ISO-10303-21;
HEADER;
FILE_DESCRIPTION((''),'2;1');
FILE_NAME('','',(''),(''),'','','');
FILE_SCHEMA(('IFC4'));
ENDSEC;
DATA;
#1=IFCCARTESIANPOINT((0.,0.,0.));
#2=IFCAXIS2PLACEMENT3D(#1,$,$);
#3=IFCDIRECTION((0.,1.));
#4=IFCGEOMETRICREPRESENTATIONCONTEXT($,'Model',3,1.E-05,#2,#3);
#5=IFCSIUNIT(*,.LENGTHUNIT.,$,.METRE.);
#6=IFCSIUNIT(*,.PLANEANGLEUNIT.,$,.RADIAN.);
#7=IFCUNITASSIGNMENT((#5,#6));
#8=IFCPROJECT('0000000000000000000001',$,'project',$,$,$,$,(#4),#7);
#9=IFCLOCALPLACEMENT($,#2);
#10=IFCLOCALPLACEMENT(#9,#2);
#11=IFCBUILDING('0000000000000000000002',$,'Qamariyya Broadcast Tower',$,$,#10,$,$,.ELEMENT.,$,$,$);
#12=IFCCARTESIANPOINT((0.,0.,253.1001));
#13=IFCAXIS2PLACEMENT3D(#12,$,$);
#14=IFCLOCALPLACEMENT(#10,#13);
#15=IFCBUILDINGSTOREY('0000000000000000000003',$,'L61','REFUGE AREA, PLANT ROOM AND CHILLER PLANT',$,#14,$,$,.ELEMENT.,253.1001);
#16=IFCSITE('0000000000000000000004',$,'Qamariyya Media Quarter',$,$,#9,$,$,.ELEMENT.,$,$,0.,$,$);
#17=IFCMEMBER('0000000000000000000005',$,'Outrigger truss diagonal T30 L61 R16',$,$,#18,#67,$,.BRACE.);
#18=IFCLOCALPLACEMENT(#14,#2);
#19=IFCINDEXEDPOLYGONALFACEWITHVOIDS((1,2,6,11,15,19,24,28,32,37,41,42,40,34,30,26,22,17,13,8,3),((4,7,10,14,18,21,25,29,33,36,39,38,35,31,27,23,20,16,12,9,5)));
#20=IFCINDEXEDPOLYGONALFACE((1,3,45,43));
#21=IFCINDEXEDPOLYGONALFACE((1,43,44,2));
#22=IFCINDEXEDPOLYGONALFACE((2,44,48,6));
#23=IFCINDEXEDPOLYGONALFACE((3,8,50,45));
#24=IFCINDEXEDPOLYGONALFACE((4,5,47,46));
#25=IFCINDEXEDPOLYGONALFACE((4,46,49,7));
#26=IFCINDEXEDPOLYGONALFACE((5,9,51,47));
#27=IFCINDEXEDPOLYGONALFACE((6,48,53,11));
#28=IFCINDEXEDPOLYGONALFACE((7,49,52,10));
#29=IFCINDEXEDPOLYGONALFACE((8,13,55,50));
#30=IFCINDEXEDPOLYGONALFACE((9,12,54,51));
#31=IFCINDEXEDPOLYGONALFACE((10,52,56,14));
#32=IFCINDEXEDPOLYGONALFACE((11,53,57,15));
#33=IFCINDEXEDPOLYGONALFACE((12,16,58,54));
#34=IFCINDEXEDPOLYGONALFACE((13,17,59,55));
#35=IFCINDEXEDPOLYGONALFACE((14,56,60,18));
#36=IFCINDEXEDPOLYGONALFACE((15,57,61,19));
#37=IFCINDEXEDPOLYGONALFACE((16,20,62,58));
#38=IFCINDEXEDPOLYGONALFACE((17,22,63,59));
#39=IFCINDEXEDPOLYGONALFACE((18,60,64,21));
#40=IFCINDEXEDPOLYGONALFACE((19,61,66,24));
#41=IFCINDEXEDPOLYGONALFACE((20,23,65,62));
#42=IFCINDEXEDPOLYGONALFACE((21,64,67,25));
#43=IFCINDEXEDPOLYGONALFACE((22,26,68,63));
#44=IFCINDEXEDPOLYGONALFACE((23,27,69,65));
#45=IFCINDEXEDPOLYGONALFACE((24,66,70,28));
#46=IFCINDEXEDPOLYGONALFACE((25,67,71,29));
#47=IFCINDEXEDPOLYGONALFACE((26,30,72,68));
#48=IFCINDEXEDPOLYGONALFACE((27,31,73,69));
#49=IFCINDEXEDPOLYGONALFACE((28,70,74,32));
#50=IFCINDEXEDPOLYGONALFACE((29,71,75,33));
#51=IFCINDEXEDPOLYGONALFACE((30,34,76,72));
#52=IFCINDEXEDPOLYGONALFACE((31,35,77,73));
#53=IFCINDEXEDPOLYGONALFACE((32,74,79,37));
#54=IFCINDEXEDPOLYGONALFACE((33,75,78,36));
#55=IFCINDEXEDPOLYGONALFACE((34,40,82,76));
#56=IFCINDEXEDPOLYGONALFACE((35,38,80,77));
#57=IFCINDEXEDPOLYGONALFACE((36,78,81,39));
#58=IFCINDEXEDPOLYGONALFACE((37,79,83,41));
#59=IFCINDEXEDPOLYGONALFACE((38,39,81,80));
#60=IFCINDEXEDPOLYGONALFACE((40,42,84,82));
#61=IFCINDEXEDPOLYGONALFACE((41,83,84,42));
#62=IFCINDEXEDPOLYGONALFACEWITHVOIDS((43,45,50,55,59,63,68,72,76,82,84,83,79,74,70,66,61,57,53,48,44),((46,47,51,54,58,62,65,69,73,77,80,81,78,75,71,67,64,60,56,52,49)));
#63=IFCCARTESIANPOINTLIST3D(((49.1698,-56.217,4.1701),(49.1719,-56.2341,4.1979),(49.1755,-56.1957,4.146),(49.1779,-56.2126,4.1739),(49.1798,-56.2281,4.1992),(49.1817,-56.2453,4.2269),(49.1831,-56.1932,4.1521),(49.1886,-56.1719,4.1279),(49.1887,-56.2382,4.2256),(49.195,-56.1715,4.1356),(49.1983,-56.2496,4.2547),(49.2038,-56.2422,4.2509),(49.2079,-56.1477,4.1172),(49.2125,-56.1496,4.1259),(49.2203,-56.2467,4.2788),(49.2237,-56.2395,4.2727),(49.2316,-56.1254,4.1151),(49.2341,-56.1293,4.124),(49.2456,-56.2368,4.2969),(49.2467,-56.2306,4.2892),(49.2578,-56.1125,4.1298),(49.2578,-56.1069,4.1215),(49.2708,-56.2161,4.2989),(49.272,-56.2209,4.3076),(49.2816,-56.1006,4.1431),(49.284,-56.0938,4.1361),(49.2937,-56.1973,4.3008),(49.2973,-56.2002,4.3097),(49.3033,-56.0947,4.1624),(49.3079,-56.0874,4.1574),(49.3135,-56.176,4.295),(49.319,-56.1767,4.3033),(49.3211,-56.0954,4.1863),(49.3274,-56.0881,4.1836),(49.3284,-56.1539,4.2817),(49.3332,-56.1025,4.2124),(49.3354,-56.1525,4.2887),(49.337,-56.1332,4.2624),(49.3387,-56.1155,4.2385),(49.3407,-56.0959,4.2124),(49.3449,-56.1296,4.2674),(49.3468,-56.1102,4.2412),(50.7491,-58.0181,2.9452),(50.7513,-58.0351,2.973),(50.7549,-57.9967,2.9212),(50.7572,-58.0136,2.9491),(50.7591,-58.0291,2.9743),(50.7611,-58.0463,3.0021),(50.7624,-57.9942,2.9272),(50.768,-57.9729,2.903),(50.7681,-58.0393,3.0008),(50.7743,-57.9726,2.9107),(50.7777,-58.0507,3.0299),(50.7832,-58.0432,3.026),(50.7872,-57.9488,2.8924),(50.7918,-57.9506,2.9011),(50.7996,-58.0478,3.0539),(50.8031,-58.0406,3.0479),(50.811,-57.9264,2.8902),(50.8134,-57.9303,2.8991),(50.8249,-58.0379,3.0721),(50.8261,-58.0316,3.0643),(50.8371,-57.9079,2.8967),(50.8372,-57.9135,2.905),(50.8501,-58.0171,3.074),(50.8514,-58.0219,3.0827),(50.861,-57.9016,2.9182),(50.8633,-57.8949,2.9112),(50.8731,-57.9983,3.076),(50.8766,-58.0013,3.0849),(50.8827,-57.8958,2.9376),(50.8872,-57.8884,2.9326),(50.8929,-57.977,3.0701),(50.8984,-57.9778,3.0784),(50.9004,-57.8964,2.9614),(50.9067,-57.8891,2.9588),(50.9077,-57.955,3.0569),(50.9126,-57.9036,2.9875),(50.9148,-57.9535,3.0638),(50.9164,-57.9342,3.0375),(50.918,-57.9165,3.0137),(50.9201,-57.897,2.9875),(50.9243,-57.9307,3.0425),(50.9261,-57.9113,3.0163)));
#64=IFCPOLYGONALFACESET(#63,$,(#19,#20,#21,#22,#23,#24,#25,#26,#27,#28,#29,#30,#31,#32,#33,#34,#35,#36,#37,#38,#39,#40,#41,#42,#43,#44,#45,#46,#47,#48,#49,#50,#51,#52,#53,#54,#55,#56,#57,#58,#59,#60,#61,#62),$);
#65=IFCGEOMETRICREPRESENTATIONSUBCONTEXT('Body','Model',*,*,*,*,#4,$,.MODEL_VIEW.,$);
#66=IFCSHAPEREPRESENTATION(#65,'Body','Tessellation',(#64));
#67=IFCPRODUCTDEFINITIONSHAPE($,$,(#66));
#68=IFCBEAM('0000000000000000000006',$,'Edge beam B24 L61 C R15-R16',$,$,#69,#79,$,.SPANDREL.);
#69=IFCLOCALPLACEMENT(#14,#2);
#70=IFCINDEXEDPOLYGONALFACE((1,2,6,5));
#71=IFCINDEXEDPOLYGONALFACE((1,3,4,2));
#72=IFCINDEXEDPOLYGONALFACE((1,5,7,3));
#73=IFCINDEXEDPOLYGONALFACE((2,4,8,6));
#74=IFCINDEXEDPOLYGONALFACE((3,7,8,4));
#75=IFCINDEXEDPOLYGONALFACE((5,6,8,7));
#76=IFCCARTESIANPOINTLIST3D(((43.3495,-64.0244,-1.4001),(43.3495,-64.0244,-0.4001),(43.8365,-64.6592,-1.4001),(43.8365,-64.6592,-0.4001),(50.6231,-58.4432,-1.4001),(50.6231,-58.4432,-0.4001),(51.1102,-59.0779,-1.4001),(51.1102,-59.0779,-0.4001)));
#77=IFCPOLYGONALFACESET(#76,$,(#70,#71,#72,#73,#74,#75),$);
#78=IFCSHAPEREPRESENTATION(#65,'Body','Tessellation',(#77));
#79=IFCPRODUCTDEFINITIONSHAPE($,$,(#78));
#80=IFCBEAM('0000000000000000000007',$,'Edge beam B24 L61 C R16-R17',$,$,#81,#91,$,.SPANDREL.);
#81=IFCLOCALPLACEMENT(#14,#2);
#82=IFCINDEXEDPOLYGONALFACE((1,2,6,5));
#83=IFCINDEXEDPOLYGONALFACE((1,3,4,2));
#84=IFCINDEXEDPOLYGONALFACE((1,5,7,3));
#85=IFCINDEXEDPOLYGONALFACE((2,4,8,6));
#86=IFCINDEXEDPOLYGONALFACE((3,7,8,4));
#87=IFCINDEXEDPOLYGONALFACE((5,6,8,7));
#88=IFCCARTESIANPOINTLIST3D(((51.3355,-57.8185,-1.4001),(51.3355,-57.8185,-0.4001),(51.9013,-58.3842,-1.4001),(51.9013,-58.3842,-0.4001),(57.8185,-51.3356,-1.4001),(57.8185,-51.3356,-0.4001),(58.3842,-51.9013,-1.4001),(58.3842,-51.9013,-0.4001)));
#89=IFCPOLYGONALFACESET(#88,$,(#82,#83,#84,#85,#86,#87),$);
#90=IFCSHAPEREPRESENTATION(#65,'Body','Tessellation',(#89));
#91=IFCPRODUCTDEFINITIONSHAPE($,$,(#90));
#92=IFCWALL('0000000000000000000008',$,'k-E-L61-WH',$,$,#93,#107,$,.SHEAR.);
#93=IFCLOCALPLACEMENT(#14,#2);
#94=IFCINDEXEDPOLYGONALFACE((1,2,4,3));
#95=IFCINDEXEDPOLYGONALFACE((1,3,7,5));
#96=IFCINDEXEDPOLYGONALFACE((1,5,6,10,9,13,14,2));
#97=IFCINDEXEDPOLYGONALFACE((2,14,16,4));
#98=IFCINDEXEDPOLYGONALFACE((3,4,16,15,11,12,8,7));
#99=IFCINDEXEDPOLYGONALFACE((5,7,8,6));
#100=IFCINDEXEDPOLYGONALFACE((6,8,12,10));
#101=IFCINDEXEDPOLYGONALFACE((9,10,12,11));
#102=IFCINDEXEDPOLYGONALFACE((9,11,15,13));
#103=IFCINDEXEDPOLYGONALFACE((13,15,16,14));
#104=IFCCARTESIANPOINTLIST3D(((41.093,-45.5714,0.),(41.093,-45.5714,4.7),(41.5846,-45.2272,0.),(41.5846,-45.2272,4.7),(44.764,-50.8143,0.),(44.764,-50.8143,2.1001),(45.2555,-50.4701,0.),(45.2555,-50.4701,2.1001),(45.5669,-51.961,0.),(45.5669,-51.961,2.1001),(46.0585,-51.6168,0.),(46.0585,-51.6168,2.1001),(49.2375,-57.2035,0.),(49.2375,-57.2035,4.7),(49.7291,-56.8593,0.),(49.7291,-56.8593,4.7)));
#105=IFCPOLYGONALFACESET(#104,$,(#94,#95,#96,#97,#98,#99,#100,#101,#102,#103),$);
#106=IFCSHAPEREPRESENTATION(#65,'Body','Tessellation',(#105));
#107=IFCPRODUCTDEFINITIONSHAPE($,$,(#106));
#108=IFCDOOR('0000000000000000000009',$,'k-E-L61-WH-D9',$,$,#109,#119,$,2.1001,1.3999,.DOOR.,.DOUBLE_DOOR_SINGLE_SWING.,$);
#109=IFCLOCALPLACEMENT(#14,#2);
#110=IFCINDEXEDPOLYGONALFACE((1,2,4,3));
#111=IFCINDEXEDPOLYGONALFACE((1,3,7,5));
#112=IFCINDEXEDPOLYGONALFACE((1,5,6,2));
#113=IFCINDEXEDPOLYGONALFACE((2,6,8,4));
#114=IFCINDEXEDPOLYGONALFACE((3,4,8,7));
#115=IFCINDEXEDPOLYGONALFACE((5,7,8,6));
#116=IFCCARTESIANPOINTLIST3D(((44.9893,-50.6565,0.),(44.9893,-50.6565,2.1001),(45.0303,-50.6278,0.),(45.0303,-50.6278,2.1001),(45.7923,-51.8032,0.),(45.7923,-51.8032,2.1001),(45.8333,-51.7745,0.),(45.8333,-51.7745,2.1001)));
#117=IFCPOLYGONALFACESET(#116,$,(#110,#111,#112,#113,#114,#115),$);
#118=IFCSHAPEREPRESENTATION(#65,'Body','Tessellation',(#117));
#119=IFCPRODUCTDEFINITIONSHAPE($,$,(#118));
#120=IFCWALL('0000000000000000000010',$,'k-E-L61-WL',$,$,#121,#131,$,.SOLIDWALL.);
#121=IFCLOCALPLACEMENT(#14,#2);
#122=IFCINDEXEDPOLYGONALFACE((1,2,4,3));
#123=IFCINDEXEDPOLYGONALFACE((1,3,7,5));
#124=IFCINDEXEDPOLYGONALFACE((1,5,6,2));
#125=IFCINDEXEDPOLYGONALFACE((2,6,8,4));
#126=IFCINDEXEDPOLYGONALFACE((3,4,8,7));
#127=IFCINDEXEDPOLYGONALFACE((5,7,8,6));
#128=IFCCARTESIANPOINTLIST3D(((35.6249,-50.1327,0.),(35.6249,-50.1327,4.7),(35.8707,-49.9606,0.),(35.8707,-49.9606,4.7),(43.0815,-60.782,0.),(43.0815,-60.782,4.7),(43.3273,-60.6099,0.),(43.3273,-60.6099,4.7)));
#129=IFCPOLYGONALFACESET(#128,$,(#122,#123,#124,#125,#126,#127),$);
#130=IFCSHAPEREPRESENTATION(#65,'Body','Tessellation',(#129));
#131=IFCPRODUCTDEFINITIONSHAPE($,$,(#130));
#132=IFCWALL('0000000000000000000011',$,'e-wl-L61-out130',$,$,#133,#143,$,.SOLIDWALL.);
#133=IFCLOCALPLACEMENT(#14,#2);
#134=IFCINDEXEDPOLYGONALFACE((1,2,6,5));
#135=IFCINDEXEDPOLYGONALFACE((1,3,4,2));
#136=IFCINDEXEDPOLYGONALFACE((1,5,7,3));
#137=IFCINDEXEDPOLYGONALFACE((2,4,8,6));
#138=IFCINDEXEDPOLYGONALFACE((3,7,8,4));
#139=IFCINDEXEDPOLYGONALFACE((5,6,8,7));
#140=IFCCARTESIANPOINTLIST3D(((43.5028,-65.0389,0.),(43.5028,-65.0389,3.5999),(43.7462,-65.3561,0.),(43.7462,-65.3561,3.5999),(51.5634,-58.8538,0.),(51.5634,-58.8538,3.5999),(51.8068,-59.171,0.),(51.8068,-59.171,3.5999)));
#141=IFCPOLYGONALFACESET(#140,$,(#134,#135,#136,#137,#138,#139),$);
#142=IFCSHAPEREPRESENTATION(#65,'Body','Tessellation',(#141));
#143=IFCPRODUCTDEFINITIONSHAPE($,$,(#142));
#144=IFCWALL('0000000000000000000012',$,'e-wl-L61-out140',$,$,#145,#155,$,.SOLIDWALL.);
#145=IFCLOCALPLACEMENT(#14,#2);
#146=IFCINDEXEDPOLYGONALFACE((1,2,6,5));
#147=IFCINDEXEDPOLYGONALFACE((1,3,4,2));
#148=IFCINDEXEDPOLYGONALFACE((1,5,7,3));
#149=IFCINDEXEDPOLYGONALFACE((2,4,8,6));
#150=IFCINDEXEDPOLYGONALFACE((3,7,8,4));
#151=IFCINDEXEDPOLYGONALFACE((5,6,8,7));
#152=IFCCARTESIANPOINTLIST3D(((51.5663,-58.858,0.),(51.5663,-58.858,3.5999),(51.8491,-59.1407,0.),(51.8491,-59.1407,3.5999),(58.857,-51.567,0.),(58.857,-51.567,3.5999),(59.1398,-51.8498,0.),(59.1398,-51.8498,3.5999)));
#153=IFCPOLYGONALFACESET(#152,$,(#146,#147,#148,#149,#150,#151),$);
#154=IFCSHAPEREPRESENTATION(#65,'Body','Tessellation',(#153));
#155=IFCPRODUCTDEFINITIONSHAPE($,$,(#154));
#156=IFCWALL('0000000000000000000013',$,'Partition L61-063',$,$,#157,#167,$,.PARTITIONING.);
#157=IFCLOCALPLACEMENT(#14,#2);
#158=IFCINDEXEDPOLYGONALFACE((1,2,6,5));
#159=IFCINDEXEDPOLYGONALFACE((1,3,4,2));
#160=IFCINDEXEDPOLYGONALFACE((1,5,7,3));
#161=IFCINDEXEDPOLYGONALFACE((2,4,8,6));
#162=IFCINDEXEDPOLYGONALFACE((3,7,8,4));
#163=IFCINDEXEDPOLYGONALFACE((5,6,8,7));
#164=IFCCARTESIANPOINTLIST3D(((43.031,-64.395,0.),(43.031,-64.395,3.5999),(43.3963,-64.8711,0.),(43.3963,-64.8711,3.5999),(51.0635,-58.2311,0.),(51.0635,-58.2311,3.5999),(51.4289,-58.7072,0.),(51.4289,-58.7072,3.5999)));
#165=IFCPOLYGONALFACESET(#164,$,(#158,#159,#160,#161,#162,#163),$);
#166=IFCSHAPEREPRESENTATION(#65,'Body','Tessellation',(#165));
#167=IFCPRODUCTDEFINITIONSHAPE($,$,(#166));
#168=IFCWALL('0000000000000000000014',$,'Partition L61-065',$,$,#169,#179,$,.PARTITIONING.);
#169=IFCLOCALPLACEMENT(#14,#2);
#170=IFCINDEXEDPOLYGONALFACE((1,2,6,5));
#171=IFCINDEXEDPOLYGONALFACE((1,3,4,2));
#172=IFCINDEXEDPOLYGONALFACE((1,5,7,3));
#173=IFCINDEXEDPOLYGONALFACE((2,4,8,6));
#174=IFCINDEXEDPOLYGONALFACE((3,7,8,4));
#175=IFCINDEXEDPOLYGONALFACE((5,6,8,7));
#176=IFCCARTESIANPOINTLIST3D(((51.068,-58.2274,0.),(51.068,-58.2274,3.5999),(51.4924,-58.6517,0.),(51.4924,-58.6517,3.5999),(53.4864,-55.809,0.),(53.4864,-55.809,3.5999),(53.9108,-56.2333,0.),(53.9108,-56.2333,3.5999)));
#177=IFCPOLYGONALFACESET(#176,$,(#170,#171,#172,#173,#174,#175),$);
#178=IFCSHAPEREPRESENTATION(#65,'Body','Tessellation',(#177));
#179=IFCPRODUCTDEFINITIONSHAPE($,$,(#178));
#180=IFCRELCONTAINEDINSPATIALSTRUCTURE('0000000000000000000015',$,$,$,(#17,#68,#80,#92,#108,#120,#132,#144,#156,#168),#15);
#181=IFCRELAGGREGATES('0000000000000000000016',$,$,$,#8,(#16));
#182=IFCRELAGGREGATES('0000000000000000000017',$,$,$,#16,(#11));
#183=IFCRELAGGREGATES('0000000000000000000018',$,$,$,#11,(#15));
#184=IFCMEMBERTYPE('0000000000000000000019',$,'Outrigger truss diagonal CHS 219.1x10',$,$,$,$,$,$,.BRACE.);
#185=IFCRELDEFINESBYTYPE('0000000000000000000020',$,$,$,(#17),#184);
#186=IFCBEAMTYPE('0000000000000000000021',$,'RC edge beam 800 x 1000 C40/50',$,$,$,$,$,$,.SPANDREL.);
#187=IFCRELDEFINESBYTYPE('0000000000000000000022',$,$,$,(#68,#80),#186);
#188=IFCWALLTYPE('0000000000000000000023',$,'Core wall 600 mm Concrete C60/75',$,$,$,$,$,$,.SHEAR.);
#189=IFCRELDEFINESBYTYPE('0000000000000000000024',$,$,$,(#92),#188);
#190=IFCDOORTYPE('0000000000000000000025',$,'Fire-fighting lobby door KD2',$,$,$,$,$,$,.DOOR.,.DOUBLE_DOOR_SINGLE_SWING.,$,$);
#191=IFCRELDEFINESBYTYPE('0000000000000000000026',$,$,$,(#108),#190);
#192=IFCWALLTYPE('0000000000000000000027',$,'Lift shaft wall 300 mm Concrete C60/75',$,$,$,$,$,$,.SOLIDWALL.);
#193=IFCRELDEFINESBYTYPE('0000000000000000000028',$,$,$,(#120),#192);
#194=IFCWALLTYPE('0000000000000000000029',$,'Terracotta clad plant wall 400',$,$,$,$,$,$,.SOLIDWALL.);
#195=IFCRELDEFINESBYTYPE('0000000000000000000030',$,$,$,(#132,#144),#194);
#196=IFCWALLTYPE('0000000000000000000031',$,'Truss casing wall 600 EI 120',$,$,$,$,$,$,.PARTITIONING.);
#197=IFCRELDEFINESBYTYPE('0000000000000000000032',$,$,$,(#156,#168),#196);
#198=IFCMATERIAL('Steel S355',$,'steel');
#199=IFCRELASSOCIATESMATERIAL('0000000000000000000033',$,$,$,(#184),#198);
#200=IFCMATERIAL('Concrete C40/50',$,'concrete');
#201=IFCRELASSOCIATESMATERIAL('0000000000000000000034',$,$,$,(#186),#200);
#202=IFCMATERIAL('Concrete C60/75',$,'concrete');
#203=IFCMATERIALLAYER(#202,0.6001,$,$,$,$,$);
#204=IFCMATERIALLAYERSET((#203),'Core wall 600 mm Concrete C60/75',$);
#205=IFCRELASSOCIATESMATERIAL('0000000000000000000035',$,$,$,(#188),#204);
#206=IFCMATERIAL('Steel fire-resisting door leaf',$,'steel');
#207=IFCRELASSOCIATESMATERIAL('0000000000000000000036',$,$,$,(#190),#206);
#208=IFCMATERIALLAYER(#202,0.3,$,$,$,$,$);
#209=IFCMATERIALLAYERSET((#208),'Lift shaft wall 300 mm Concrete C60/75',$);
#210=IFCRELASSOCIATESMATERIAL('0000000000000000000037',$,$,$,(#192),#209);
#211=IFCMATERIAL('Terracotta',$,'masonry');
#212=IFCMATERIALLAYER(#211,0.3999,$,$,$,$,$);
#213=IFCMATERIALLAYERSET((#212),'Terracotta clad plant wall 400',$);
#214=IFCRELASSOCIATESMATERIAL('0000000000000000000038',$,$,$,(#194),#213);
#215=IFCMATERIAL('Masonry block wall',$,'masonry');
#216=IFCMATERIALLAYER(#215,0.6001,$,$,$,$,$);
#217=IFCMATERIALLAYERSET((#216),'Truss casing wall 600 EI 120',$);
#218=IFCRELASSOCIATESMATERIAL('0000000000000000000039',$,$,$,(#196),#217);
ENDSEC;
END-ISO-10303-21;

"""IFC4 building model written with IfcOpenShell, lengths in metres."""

from ifc_helpers import new_model, si_unit, direction, frame, frame_2d, origin, origin_2d, place, context, subcontext, project, spatial, rectangle, hollow_circle, extrude, material, layer, layer_set, material_profile, profile_set, type_object, element, fill, save


model = new_model("IFC4")

# Units and contexts
model_context = context("Model", 3, precision=1e-05, world=origin(), true_north=direction((0.0, 1.0)))
body_context = subcontext(model_context, "Body", "Model", "MODEL_VIEW")
ifc_project = project(units=[si_unit("LENGTHUNIT", "METRE"), si_unit("PLANEANGLEUNIT", "RADIAN")], contexts=[model_context])

# Site, building, storey
site_placement = place(None, origin())
site = spatial("IfcSite", under=ifc_project, at=site_placement, Name="Qamariyya Media Quarter", CompositionType="ELEMENT", RefElevation=0.0)
building_placement = place(site_placement, origin())
building = spatial("IfcBuilding", under=site, at=building_placement, Name="Qamariyya Broadcast Tower", CompositionType="ELEMENT")
storey_placement = place(building_placement, frame((0.0, 0.0, 253.1001)))
storey = spatial("IfcBuildingStorey", under=building, at=storey_placement, Name="L61", Description="REFUGE AREA, PLANT ROOM AND CHILLER PLANT", CompositionType="ELEMENT", Elevation=253.1001)

# Shared definitions
ifc_material_1 = material(Name="Concrete C60/75", Category="concrete")

# Member
ifc_material_2 = material(Name="Steel S355", Category="steel")
ifc_material_profile_1 = material_profile(ifc_material_2, hollow_circle(Radius=0.1096, WallThickness=0.01, at=origin_2d()))
ifc_profile_set_1 = profile_set([ifc_material_profile_1], Name="Steel S355")
member_type_1 = type_object("IfcMemberType", Name="Outrigger truss diagonal CHS 219.1x10", PredefinedType="BRACE", material=ifc_profile_set_1)
member_1_placement = place(storey_placement, frame((49.2583, -56.1682, 4.2124), z_axis=(0.587028, -0.669425, -0.455267), x_axis=(0.751863, 0.65932, 0.0)))
element("IfcMember", 1, at=member_1_placement, inside=storey, type_object=member_type_1, Name="Outrigger truss diagonal T30 L61 R16", PredefinedType="BRACE", context=body_context, shape_type="SweptSolid", body=[
    extrude(hollow_circle(Radius=0.1096, WallThickness=0.01, at=origin_2d()), origin(), (0.0, 0.0, 1.0), 2.6904),
])

# Beams
ifc_material_3 = material(Name="Concrete C40/50", Category="concrete")
ifc_material_profile_2 = material_profile(ifc_material_3, rectangle(XDim=0.8, YDim=1.0, at=origin_2d()))
ifc_profile_set_2 = profile_set([ifc_material_profile_2], Name="Concrete C40/50")
beam_type = type_object("IfcBeamType", Name="RC edge beam 800 x 1000 C40/50", PredefinedType="SPANDREL", material=ifc_profile_set_2)
for number, where, z_axis, x_axis, name in (
    (2, (43.593, -64.3418, -0.9001), (0.793353, 0.608762, 0.0), (-0.608762, 0.793353, 0.0), "Edge beam B24 L61 C R15-R16"),
    (3, (51.6184, -58.1013, -0.9001), (0.707107, 0.707107, 0.0), (-0.707107, 0.707107, 0.0), "Edge beam B24 L61 C R16-R17"),
):
    element("IfcBeam", number, at=place(storey_placement, frame(where, z_axis=z_axis, x_axis=x_axis)), inside=storey, type_object=beam_type, Name=name, PredefinedType="SPANDREL", context=body_context, shape_type="SweptSolid", body=[
        extrude(rectangle(XDim=0.8, YDim=1.0, at=origin_2d()), origin(), (0.0, 0.0, 1.0), 9.1682),
    ])

# Wall, opening, door
ifc_layer_1 = layer(ifc_material_1, 0.6001)
ifc_layer_set_1 = layer_set([ifc_layer_1], Name="Core wall 600 mm Concrete C60/75")
wall_type_1 = type_object("IfcWallType", Name="Core wall 600 mm Concrete C60/75", PredefinedType="SHEAR", material=ifc_layer_set_1)
wall_1_placement = place(storey_placement, frame((49.4834, -57.0315, 0.0), z_axis=(0.0, 0.0, 1.0), x_axis=(-0.57356, 0.819163, 0.0)))
wall_1 = element("IfcWall", 4, at=wall_1_placement, inside=storey, type_object=wall_type_1, Name="k-E-L61-WH", PredefinedType="SHEAR", context=body_context, shape_type="SweptSolid", body=[
    extrude(rectangle(XDim=14.2, YDim=0.6001, at=frame_2d((7.1001, 0.0))), origin(), (0.0, 0.0, 1.0), 4.7),
])
opening_placement = place(wall_1_placement, frame((6.3999, 0.0, 0.0)))
opening = element("IfcOpeningElement", 5, at=opening_placement, cuts=wall_1, PredefinedType="OPENING", context=body_context, shape_type="SweptSolid", body=[
    extrude(rectangle(XDim=1.3999, YDim=2.1001, at=frame_2d((0.7, 1.05))), frame((0.0, 0.3101, 0.0), z_axis=(0.0, -1.0, 0.0), x_axis=(1.0, 0.0, 0.0)), (0.0, 0.0, 1.0), 0.6201),
])
ifc_material_4 = material(Name="Steel fire-resisting door leaf", Category="steel")
door_type = type_object("IfcDoorType", Name="Fire-fighting lobby door KD2", OperationType="DOUBLE_DOOR_SINGLE_SWING", PredefinedType="DOOR", material=ifc_material_4)
door_placement = place(opening_placement, origin())
door = element("IfcDoor", 6, at=door_placement, inside=storey, type_object=door_type, Name="k-E-L61-WH-D9", OperationType="DOUBLE_DOOR_SINGLE_SWING", OverallHeight=2.1001, OverallWidth=1.3999, PredefinedType="DOOR", context=body_context, shape_type="SweptSolid", body=[
    extrude(rectangle(XDim=1.3999, YDim=2.1001, at=frame_2d((0.7, 1.05))), frame((0.0, 0.0249, 0.0), z_axis=(0.0, -1.0, 0.0), x_axis=(1.0, 0.0, 0.0)), (0.0, 0.0, 1.0), 0.05),
])
fill(opening, door)

# Walls
ifc_layer_2 = layer(ifc_material_1, 0.3)
ifc_layer_set_2 = layer_set([ifc_layer_2], Name="Lift shaft wall 300 mm Concrete C60/75")
wall_type_2 = type_object("IfcWallType", Name="Lift shaft wall 300 mm Concrete C60/75", PredefinedType="SOLIDWALL", material=ifc_layer_set_2)
wall_2_placement = place(storey_placement, frame((43.2043, -60.6958, 0.0), z_axis=(0.0, 0.0, 1.0), x_axis=(-0.573572, 0.819155, 0.0)))
element("IfcWall", 7, at=wall_2_placement, inside=storey, type_object=wall_type_2, Name="k-E-L61-WL", PredefinedType="SOLIDWALL", context=body_context, shape_type="SweptSolid", body=[
    extrude(rectangle(XDim=13.0002, YDim=0.3, at=frame_2d((6.5, 0.0))), origin(), (0.0, 0.0, 1.0), 4.7),
])
ifc_material_5 = material(Name="Terracotta", Category="masonry")
ifc_layer_3 = layer(ifc_material_5, 0.3999)
ifc_layer_set_3 = layer_set([ifc_layer_3], Name="Terracotta clad plant wall 400")
wall_type_3 = type_object("IfcWallType", Name="Terracotta clad plant wall 400", PredefinedType="SOLIDWALL", material=ifc_layer_set_3)
wall_3_placement = place(storey_placement, frame((43.6245, -65.1975, 0.0), z_axis=(0.0, 0.0, 1.0), x_axis=(0.793354, 0.60876, 0.0)))
element("IfcWall", 8, at=wall_3_placement, inside=storey, type_object=wall_type_3, Name="e-wl-L61-out130", PredefinedType="SOLIDWALL", context=body_context, shape_type="SweptSolid", body=[
    extrude(rectangle(XDim=10.1602, YDim=0.3999, at=frame_2d((5.0801, 0.0))), origin(), (0.0, 0.0, 1.0), 3.5999),
])
wall_4_placement = place(storey_placement, frame((51.7078, -58.9993, 0.0), z_axis=(0.0, 0.0, 1.0), x_axis=(0.707095, 0.707119, 0.0)))
element("IfcWall", 9, at=wall_4_placement, inside=storey, type_object=wall_type_3, Name="e-wl-L61-out140", PredefinedType="SOLIDWALL", context=body_context, shape_type="SweptSolid", body=[
    extrude(rectangle(XDim=10.3108, YDim=0.3999, at=frame_2d((5.1553, 0.0))), origin(), (0.0, 0.0, 1.0), 3.5999),
])
ifc_material_6 = material(Name="Masonry block wall", Category="masonry")
ifc_layer_4 = layer(ifc_material_6, 0.6001)
ifc_layer_set_4 = layer_set([ifc_layer_4], Name="Truss casing wall 600 EI 120")
wall_type_4 = type_object("IfcWallType", Name="Truss casing wall 600 EI 120", PredefinedType="PARTITIONING", material=ifc_layer_set_4)
wall_5_placement = place(storey_placement, frame((43.2136, -64.6331, 0.0), z_axis=(0.0, 0.0, 1.0), x_axis=(0.79334, 0.608779, 0.0)))
element("IfcWall", 10, at=wall_5_placement, inside=storey, type_object=wall_type_4, Name="Partition L61-063", PredefinedType="PARTITIONING", context=body_context, shape_type="SweptSolid", body=[
    extrude(rectangle(XDim=10.125, YDim=0.6001, at=frame_2d((5.0625, 0.0))), origin(), (0.0, 0.0, 1.0), 3.5999),
])
wall_6_placement = place(storey_placement, frame((51.2803, -58.4395, 0.0), z_axis=(0.0, 0.0, 1.0), x_axis=(0.707107, 0.707107, 0.0)))
element("IfcWall", 11, at=wall_6_placement, inside=storey, type_object=wall_type_4, Name="Partition L61-065", PredefinedType="PARTITIONING", context=body_context, shape_type="SweptSolid", body=[
    extrude(rectangle(XDim=3.4202, YDim=0.6001, at=frame_2d((1.71, 0.0))), origin(), (0.0, 0.0, 1.0), 3.5999),
])

save(model, "model.ifc")
